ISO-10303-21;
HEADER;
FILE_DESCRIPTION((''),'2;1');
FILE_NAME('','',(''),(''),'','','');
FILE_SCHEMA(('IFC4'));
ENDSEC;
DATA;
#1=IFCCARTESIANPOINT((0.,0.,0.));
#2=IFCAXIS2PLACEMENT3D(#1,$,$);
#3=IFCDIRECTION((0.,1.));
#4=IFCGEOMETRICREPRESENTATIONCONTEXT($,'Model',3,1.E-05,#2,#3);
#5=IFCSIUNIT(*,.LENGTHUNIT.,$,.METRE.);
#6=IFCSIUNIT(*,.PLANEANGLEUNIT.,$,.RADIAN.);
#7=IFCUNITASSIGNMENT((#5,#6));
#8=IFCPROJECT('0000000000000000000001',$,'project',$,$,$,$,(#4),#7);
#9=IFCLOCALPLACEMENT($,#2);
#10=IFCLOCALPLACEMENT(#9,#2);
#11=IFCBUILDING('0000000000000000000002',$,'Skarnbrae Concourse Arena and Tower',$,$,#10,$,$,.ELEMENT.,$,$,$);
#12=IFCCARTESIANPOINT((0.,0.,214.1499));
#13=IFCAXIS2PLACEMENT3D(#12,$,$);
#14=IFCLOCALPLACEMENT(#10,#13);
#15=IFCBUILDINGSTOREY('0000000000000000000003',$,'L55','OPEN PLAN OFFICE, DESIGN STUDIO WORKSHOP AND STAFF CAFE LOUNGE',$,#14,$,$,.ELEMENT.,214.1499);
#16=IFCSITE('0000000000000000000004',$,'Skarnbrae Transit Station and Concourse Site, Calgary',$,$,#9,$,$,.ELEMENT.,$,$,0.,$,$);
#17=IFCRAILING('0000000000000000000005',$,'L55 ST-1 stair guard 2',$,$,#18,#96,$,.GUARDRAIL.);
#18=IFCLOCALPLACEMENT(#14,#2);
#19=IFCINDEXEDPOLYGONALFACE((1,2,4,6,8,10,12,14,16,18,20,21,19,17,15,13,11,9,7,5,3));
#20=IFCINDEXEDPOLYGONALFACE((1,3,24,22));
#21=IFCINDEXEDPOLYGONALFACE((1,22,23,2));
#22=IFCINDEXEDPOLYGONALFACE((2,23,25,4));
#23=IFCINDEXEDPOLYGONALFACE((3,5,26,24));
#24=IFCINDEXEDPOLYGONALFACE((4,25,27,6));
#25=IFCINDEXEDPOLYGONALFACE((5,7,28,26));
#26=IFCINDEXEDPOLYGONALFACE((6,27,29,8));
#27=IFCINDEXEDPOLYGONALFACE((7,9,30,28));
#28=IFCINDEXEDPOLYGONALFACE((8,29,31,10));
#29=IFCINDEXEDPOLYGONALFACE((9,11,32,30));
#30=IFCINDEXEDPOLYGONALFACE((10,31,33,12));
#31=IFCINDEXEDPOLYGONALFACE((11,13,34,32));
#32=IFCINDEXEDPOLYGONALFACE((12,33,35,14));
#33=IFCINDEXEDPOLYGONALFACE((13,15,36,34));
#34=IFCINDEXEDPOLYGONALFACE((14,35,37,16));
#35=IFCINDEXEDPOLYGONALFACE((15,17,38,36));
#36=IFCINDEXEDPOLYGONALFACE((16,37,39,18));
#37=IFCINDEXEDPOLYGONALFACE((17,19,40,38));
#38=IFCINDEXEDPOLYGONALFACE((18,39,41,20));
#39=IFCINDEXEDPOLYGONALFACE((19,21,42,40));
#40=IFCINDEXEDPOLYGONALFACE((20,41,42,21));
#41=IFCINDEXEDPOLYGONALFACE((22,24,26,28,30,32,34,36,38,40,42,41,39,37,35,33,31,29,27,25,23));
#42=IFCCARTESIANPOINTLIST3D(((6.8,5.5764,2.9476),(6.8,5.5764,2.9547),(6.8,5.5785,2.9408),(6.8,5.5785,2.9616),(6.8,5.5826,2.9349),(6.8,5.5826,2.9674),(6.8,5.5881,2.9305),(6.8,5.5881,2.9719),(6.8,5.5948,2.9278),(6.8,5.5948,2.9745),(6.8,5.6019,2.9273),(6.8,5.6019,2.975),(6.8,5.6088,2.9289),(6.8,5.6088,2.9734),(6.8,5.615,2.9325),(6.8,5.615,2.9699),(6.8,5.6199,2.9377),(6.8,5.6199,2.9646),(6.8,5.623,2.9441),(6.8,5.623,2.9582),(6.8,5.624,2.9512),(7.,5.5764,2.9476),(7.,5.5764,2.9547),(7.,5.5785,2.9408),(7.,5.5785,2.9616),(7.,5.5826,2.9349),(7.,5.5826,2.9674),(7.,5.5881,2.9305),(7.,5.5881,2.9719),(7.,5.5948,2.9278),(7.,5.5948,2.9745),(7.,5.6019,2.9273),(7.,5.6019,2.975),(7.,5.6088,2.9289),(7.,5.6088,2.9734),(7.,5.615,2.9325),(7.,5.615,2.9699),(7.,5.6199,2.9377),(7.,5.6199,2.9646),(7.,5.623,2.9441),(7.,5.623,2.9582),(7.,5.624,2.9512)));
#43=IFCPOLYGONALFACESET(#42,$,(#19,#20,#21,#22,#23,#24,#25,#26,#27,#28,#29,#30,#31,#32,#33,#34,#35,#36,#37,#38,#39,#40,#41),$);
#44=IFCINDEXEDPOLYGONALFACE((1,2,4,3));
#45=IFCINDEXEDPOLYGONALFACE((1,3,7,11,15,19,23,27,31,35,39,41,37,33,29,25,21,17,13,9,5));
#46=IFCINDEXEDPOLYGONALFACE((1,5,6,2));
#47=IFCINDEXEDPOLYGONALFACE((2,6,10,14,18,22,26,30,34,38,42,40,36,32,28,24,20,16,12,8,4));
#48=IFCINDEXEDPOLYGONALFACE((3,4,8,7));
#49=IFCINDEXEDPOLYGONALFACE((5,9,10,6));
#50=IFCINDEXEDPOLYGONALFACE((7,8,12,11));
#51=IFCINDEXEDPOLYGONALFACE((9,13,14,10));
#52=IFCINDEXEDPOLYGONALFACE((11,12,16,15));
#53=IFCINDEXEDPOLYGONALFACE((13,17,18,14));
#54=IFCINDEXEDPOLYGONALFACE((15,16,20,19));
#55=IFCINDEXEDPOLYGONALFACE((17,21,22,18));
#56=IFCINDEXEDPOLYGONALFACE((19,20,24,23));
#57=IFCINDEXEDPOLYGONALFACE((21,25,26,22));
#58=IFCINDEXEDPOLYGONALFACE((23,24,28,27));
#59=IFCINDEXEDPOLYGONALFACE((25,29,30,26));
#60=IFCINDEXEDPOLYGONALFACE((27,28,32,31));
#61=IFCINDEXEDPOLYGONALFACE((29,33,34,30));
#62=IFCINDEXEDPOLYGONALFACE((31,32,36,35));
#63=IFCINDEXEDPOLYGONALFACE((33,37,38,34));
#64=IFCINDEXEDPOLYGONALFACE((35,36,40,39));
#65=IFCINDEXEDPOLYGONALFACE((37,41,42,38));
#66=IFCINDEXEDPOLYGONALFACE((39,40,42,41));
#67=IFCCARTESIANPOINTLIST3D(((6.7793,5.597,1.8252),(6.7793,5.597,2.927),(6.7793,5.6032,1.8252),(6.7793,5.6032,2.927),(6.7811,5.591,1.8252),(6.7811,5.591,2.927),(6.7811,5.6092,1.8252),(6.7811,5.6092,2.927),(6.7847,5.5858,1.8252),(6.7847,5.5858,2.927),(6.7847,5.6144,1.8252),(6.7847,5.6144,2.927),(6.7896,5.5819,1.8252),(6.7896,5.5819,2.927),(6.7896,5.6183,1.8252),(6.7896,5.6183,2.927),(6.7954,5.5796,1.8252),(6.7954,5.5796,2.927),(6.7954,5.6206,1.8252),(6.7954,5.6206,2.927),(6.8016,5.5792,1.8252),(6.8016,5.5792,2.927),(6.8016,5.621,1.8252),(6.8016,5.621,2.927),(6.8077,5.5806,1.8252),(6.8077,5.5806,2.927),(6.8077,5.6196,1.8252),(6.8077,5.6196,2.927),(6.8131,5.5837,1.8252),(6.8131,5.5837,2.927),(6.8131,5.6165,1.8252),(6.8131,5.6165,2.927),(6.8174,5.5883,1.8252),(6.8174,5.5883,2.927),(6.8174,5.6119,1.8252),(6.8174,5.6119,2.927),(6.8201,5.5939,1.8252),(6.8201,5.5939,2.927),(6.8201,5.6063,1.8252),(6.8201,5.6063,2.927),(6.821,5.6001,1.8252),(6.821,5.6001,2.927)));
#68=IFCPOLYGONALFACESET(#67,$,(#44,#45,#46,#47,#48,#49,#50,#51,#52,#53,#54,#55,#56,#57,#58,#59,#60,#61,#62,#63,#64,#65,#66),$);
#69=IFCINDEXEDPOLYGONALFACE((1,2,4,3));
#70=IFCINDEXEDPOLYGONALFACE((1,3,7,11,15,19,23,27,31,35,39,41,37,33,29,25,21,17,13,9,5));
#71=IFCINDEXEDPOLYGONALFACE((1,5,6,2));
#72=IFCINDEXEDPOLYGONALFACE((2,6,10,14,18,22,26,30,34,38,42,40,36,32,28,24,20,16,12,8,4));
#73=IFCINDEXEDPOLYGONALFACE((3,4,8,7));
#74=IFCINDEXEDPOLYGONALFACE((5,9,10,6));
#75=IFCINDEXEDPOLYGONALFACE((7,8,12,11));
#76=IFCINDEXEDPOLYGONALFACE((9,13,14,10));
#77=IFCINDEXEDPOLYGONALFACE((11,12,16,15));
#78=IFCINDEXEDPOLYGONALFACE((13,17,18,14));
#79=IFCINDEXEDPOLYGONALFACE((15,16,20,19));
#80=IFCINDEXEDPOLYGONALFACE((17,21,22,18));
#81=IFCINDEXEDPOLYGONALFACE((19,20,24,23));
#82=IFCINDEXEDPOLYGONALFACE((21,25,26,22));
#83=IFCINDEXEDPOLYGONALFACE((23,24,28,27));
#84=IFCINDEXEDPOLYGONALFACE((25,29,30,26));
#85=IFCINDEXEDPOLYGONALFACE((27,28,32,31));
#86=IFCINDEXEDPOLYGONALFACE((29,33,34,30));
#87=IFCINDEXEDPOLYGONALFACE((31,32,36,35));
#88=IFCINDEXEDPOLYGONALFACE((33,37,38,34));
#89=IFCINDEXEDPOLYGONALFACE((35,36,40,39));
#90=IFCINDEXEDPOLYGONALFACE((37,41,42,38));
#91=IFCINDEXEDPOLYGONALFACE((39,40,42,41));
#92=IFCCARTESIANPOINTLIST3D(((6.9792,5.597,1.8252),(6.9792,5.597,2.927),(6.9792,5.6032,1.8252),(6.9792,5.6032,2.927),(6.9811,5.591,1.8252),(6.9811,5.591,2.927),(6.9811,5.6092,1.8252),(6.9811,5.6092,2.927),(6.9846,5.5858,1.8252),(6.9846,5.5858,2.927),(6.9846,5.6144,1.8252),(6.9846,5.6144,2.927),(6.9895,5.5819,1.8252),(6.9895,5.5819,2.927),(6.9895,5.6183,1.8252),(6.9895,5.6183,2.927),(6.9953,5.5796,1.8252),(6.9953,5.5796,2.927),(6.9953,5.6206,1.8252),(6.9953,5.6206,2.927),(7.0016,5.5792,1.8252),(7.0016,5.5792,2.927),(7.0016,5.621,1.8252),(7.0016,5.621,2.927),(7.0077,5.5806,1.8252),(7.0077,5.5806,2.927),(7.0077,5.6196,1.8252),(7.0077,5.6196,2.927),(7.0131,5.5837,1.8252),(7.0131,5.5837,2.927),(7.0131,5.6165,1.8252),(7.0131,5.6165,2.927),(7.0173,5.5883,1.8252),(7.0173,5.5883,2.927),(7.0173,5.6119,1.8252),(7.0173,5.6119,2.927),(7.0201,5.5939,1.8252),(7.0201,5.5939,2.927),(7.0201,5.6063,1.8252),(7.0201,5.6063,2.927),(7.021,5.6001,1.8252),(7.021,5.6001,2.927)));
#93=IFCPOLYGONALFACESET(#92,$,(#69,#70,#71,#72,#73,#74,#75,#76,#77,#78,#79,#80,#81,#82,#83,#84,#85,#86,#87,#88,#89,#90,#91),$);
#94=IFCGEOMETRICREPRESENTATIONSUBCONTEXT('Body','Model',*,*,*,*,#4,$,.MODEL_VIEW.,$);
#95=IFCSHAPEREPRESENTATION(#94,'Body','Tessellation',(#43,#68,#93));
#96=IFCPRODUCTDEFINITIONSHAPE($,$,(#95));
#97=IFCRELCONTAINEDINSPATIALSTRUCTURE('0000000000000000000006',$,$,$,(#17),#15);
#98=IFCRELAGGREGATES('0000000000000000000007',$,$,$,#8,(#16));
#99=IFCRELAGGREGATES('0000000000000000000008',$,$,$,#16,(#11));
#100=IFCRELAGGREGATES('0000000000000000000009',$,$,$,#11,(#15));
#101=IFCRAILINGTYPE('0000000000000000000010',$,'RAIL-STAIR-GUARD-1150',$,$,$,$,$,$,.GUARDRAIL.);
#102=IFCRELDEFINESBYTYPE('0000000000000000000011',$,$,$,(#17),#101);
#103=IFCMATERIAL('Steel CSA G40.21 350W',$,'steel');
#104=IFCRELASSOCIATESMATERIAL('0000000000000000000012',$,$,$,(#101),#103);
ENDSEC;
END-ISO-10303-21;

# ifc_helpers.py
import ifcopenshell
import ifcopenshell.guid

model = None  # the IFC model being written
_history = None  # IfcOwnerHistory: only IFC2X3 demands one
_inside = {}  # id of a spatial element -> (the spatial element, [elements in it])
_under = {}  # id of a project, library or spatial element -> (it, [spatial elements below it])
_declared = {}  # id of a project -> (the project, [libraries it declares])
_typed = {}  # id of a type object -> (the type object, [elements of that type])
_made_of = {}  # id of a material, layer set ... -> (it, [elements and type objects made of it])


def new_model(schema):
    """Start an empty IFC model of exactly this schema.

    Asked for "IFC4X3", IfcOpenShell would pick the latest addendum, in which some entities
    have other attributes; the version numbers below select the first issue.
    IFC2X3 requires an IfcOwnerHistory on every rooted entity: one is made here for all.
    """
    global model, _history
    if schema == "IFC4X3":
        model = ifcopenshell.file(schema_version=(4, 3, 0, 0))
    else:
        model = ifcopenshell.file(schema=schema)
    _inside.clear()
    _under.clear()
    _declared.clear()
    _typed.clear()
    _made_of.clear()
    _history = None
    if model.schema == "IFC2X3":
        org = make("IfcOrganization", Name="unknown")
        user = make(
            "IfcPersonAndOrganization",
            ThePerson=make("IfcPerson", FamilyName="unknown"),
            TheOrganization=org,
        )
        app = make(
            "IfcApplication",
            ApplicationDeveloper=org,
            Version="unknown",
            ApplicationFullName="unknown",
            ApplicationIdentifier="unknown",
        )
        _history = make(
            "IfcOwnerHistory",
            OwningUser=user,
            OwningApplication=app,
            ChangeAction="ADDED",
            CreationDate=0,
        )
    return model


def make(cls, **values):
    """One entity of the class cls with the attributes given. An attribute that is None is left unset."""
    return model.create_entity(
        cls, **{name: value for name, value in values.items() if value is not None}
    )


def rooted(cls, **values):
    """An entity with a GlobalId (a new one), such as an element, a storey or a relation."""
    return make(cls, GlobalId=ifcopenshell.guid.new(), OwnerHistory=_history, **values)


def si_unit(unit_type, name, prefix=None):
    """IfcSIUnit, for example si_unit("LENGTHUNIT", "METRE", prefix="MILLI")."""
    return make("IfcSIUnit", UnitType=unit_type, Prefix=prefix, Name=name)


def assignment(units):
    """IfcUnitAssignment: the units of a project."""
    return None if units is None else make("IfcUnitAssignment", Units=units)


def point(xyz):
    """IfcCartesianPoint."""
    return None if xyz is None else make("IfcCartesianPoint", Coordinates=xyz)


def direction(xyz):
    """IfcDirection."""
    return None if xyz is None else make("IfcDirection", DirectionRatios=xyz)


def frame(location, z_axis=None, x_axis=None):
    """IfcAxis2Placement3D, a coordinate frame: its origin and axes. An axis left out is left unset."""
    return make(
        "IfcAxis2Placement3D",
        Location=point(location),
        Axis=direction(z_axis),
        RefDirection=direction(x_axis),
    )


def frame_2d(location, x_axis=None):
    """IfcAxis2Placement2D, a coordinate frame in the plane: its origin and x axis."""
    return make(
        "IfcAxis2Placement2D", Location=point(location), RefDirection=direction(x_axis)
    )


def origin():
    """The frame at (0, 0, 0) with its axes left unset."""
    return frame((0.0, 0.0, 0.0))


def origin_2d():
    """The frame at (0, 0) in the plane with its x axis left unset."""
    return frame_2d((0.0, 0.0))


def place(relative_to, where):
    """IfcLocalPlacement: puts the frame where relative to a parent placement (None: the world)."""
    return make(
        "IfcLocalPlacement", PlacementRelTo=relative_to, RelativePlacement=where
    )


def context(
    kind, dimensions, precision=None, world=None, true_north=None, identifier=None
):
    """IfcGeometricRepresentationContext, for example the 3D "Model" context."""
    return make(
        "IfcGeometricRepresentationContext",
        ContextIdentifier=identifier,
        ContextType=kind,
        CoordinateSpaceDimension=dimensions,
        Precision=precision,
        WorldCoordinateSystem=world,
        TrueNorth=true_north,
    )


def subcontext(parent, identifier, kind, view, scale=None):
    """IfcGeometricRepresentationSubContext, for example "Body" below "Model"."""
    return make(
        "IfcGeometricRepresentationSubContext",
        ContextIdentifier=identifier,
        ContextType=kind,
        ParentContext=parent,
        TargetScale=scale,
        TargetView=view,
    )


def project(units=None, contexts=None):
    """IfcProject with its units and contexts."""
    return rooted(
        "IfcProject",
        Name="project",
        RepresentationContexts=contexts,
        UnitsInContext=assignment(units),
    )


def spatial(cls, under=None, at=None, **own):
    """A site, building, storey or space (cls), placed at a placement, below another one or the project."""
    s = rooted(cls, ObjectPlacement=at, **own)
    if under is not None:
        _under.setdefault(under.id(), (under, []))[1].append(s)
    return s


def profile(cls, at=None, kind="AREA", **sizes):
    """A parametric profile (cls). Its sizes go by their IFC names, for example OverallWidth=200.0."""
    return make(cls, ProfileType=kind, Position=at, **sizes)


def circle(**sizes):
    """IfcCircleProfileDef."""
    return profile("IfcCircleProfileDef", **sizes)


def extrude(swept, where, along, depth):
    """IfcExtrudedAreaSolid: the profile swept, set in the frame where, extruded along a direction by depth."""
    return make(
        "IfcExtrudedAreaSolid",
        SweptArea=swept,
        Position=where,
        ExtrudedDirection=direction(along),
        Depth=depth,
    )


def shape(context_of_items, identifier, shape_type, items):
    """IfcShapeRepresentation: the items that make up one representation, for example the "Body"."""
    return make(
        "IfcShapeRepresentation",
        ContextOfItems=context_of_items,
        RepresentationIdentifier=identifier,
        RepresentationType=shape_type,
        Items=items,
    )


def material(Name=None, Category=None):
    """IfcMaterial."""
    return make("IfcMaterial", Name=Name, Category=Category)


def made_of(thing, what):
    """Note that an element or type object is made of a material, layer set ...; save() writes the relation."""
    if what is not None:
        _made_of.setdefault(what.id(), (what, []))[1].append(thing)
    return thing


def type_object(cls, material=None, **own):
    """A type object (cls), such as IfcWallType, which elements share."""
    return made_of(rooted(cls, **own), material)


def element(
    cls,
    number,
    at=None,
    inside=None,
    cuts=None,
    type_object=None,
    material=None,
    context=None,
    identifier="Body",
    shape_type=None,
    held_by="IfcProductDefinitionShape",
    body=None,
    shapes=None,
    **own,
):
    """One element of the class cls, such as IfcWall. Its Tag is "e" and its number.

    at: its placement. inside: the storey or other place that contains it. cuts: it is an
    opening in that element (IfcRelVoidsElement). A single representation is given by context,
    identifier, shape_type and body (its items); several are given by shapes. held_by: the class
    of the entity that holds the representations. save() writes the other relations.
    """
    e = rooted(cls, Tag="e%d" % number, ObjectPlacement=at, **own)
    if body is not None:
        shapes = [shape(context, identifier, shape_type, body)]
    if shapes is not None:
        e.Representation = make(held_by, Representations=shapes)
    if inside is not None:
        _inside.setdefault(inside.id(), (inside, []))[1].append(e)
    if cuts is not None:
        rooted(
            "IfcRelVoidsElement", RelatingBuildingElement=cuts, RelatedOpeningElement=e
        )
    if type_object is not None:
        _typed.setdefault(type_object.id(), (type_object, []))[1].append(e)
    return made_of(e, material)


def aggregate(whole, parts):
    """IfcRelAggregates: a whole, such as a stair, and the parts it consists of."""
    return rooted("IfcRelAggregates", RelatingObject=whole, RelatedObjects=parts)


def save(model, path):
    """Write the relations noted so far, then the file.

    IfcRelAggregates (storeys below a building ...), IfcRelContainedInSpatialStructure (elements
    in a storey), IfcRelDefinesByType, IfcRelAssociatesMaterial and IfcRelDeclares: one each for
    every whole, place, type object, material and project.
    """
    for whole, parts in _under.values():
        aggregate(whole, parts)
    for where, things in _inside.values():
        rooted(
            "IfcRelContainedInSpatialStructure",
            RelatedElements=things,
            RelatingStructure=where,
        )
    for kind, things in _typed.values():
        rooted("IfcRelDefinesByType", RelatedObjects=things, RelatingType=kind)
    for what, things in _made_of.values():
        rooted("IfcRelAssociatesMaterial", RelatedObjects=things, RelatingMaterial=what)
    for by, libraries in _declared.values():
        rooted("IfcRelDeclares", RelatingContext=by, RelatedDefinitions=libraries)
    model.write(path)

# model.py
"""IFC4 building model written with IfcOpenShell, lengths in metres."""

from ifc_helpers import new_model, si_unit, direction, frame, origin, origin_2d, place, context, subcontext, project, spatial, circle, extrude, material, type_object, element, save


model = new_model("IFC4")

# Units and contexts
model_context = context("Model", 3, precision=1e-05, world=origin(), true_north=direction((0.0, 1.0)))
body_context = subcontext(model_context, "Body", "Model", "MODEL_VIEW")
ifc_project = project(units=[si_unit("LENGTHUNIT", "METRE"), si_unit("PLANEANGLEUNIT", "RADIAN")], contexts=[model_context])

# Site, building, storey
site_placement = place(None, origin())
site = spatial("IfcSite", under=ifc_project, at=site_placement, Name="Skarnbrae Transit Station and Concourse Site, Calgary", CompositionType="ELEMENT", RefElevation=0.0)
building_placement = place(site_placement, origin())
building = spatial("IfcBuilding", under=site, at=building_placement, Name="Skarnbrae Concourse Arena and Tower", CompositionType="ELEMENT")
storey_placement = place(building_placement, frame((0.0, 0.0, 214.1499)))
storey = spatial("IfcBuildingStorey", under=building, at=storey_placement, Name="L55", Description="OPEN PLAN OFFICE, DESIGN STUDIO WORKSHOP AND STAFF CAFE LOUNGE", CompositionType="ELEMENT", Elevation=214.1499)

# Shared definitions
ifc_material_1 = material(Name="Steel CSA G40.21 350W", Category="steel")

# Railing
railing_type_1 = type_object("IfcRailingType", Name="RAIL-STAIR-GUARD-1150", PredefinedType="GUARDRAIL", material=ifc_material_1)
railing_1_placement = place(storey_placement, frame((6.8, 5.6001, 1.8252)))
element("IfcRailing", 1, at=railing_1_placement, inside=storey, type_object=railing_type_1, Name="L55 ST-1 stair guard 2", PredefinedType="GUARDRAIL", context=body_context, shape_type="SweptSolid", body=[
    extrude(circle(Radius=0.0239, at=origin_2d()), frame((0.0, 0.0, 1.126), z_axis=(1.0, 0.0, 0.0), x_axis=(0.0, 1.0, 0.0)), (0.0, 0.0, 1.0), 0.2),
    extrude(circle(Radius=0.021, at=origin_2d()), origin(), (0.0, 0.0, 1.0), 1.1018),
    extrude(circle(Radius=0.021, at=origin_2d()), frame((0.2, 0.0, 0.0)), (0.0, 0.0, 1.0), 1.1018),
])

save(model, "model.ifc")
